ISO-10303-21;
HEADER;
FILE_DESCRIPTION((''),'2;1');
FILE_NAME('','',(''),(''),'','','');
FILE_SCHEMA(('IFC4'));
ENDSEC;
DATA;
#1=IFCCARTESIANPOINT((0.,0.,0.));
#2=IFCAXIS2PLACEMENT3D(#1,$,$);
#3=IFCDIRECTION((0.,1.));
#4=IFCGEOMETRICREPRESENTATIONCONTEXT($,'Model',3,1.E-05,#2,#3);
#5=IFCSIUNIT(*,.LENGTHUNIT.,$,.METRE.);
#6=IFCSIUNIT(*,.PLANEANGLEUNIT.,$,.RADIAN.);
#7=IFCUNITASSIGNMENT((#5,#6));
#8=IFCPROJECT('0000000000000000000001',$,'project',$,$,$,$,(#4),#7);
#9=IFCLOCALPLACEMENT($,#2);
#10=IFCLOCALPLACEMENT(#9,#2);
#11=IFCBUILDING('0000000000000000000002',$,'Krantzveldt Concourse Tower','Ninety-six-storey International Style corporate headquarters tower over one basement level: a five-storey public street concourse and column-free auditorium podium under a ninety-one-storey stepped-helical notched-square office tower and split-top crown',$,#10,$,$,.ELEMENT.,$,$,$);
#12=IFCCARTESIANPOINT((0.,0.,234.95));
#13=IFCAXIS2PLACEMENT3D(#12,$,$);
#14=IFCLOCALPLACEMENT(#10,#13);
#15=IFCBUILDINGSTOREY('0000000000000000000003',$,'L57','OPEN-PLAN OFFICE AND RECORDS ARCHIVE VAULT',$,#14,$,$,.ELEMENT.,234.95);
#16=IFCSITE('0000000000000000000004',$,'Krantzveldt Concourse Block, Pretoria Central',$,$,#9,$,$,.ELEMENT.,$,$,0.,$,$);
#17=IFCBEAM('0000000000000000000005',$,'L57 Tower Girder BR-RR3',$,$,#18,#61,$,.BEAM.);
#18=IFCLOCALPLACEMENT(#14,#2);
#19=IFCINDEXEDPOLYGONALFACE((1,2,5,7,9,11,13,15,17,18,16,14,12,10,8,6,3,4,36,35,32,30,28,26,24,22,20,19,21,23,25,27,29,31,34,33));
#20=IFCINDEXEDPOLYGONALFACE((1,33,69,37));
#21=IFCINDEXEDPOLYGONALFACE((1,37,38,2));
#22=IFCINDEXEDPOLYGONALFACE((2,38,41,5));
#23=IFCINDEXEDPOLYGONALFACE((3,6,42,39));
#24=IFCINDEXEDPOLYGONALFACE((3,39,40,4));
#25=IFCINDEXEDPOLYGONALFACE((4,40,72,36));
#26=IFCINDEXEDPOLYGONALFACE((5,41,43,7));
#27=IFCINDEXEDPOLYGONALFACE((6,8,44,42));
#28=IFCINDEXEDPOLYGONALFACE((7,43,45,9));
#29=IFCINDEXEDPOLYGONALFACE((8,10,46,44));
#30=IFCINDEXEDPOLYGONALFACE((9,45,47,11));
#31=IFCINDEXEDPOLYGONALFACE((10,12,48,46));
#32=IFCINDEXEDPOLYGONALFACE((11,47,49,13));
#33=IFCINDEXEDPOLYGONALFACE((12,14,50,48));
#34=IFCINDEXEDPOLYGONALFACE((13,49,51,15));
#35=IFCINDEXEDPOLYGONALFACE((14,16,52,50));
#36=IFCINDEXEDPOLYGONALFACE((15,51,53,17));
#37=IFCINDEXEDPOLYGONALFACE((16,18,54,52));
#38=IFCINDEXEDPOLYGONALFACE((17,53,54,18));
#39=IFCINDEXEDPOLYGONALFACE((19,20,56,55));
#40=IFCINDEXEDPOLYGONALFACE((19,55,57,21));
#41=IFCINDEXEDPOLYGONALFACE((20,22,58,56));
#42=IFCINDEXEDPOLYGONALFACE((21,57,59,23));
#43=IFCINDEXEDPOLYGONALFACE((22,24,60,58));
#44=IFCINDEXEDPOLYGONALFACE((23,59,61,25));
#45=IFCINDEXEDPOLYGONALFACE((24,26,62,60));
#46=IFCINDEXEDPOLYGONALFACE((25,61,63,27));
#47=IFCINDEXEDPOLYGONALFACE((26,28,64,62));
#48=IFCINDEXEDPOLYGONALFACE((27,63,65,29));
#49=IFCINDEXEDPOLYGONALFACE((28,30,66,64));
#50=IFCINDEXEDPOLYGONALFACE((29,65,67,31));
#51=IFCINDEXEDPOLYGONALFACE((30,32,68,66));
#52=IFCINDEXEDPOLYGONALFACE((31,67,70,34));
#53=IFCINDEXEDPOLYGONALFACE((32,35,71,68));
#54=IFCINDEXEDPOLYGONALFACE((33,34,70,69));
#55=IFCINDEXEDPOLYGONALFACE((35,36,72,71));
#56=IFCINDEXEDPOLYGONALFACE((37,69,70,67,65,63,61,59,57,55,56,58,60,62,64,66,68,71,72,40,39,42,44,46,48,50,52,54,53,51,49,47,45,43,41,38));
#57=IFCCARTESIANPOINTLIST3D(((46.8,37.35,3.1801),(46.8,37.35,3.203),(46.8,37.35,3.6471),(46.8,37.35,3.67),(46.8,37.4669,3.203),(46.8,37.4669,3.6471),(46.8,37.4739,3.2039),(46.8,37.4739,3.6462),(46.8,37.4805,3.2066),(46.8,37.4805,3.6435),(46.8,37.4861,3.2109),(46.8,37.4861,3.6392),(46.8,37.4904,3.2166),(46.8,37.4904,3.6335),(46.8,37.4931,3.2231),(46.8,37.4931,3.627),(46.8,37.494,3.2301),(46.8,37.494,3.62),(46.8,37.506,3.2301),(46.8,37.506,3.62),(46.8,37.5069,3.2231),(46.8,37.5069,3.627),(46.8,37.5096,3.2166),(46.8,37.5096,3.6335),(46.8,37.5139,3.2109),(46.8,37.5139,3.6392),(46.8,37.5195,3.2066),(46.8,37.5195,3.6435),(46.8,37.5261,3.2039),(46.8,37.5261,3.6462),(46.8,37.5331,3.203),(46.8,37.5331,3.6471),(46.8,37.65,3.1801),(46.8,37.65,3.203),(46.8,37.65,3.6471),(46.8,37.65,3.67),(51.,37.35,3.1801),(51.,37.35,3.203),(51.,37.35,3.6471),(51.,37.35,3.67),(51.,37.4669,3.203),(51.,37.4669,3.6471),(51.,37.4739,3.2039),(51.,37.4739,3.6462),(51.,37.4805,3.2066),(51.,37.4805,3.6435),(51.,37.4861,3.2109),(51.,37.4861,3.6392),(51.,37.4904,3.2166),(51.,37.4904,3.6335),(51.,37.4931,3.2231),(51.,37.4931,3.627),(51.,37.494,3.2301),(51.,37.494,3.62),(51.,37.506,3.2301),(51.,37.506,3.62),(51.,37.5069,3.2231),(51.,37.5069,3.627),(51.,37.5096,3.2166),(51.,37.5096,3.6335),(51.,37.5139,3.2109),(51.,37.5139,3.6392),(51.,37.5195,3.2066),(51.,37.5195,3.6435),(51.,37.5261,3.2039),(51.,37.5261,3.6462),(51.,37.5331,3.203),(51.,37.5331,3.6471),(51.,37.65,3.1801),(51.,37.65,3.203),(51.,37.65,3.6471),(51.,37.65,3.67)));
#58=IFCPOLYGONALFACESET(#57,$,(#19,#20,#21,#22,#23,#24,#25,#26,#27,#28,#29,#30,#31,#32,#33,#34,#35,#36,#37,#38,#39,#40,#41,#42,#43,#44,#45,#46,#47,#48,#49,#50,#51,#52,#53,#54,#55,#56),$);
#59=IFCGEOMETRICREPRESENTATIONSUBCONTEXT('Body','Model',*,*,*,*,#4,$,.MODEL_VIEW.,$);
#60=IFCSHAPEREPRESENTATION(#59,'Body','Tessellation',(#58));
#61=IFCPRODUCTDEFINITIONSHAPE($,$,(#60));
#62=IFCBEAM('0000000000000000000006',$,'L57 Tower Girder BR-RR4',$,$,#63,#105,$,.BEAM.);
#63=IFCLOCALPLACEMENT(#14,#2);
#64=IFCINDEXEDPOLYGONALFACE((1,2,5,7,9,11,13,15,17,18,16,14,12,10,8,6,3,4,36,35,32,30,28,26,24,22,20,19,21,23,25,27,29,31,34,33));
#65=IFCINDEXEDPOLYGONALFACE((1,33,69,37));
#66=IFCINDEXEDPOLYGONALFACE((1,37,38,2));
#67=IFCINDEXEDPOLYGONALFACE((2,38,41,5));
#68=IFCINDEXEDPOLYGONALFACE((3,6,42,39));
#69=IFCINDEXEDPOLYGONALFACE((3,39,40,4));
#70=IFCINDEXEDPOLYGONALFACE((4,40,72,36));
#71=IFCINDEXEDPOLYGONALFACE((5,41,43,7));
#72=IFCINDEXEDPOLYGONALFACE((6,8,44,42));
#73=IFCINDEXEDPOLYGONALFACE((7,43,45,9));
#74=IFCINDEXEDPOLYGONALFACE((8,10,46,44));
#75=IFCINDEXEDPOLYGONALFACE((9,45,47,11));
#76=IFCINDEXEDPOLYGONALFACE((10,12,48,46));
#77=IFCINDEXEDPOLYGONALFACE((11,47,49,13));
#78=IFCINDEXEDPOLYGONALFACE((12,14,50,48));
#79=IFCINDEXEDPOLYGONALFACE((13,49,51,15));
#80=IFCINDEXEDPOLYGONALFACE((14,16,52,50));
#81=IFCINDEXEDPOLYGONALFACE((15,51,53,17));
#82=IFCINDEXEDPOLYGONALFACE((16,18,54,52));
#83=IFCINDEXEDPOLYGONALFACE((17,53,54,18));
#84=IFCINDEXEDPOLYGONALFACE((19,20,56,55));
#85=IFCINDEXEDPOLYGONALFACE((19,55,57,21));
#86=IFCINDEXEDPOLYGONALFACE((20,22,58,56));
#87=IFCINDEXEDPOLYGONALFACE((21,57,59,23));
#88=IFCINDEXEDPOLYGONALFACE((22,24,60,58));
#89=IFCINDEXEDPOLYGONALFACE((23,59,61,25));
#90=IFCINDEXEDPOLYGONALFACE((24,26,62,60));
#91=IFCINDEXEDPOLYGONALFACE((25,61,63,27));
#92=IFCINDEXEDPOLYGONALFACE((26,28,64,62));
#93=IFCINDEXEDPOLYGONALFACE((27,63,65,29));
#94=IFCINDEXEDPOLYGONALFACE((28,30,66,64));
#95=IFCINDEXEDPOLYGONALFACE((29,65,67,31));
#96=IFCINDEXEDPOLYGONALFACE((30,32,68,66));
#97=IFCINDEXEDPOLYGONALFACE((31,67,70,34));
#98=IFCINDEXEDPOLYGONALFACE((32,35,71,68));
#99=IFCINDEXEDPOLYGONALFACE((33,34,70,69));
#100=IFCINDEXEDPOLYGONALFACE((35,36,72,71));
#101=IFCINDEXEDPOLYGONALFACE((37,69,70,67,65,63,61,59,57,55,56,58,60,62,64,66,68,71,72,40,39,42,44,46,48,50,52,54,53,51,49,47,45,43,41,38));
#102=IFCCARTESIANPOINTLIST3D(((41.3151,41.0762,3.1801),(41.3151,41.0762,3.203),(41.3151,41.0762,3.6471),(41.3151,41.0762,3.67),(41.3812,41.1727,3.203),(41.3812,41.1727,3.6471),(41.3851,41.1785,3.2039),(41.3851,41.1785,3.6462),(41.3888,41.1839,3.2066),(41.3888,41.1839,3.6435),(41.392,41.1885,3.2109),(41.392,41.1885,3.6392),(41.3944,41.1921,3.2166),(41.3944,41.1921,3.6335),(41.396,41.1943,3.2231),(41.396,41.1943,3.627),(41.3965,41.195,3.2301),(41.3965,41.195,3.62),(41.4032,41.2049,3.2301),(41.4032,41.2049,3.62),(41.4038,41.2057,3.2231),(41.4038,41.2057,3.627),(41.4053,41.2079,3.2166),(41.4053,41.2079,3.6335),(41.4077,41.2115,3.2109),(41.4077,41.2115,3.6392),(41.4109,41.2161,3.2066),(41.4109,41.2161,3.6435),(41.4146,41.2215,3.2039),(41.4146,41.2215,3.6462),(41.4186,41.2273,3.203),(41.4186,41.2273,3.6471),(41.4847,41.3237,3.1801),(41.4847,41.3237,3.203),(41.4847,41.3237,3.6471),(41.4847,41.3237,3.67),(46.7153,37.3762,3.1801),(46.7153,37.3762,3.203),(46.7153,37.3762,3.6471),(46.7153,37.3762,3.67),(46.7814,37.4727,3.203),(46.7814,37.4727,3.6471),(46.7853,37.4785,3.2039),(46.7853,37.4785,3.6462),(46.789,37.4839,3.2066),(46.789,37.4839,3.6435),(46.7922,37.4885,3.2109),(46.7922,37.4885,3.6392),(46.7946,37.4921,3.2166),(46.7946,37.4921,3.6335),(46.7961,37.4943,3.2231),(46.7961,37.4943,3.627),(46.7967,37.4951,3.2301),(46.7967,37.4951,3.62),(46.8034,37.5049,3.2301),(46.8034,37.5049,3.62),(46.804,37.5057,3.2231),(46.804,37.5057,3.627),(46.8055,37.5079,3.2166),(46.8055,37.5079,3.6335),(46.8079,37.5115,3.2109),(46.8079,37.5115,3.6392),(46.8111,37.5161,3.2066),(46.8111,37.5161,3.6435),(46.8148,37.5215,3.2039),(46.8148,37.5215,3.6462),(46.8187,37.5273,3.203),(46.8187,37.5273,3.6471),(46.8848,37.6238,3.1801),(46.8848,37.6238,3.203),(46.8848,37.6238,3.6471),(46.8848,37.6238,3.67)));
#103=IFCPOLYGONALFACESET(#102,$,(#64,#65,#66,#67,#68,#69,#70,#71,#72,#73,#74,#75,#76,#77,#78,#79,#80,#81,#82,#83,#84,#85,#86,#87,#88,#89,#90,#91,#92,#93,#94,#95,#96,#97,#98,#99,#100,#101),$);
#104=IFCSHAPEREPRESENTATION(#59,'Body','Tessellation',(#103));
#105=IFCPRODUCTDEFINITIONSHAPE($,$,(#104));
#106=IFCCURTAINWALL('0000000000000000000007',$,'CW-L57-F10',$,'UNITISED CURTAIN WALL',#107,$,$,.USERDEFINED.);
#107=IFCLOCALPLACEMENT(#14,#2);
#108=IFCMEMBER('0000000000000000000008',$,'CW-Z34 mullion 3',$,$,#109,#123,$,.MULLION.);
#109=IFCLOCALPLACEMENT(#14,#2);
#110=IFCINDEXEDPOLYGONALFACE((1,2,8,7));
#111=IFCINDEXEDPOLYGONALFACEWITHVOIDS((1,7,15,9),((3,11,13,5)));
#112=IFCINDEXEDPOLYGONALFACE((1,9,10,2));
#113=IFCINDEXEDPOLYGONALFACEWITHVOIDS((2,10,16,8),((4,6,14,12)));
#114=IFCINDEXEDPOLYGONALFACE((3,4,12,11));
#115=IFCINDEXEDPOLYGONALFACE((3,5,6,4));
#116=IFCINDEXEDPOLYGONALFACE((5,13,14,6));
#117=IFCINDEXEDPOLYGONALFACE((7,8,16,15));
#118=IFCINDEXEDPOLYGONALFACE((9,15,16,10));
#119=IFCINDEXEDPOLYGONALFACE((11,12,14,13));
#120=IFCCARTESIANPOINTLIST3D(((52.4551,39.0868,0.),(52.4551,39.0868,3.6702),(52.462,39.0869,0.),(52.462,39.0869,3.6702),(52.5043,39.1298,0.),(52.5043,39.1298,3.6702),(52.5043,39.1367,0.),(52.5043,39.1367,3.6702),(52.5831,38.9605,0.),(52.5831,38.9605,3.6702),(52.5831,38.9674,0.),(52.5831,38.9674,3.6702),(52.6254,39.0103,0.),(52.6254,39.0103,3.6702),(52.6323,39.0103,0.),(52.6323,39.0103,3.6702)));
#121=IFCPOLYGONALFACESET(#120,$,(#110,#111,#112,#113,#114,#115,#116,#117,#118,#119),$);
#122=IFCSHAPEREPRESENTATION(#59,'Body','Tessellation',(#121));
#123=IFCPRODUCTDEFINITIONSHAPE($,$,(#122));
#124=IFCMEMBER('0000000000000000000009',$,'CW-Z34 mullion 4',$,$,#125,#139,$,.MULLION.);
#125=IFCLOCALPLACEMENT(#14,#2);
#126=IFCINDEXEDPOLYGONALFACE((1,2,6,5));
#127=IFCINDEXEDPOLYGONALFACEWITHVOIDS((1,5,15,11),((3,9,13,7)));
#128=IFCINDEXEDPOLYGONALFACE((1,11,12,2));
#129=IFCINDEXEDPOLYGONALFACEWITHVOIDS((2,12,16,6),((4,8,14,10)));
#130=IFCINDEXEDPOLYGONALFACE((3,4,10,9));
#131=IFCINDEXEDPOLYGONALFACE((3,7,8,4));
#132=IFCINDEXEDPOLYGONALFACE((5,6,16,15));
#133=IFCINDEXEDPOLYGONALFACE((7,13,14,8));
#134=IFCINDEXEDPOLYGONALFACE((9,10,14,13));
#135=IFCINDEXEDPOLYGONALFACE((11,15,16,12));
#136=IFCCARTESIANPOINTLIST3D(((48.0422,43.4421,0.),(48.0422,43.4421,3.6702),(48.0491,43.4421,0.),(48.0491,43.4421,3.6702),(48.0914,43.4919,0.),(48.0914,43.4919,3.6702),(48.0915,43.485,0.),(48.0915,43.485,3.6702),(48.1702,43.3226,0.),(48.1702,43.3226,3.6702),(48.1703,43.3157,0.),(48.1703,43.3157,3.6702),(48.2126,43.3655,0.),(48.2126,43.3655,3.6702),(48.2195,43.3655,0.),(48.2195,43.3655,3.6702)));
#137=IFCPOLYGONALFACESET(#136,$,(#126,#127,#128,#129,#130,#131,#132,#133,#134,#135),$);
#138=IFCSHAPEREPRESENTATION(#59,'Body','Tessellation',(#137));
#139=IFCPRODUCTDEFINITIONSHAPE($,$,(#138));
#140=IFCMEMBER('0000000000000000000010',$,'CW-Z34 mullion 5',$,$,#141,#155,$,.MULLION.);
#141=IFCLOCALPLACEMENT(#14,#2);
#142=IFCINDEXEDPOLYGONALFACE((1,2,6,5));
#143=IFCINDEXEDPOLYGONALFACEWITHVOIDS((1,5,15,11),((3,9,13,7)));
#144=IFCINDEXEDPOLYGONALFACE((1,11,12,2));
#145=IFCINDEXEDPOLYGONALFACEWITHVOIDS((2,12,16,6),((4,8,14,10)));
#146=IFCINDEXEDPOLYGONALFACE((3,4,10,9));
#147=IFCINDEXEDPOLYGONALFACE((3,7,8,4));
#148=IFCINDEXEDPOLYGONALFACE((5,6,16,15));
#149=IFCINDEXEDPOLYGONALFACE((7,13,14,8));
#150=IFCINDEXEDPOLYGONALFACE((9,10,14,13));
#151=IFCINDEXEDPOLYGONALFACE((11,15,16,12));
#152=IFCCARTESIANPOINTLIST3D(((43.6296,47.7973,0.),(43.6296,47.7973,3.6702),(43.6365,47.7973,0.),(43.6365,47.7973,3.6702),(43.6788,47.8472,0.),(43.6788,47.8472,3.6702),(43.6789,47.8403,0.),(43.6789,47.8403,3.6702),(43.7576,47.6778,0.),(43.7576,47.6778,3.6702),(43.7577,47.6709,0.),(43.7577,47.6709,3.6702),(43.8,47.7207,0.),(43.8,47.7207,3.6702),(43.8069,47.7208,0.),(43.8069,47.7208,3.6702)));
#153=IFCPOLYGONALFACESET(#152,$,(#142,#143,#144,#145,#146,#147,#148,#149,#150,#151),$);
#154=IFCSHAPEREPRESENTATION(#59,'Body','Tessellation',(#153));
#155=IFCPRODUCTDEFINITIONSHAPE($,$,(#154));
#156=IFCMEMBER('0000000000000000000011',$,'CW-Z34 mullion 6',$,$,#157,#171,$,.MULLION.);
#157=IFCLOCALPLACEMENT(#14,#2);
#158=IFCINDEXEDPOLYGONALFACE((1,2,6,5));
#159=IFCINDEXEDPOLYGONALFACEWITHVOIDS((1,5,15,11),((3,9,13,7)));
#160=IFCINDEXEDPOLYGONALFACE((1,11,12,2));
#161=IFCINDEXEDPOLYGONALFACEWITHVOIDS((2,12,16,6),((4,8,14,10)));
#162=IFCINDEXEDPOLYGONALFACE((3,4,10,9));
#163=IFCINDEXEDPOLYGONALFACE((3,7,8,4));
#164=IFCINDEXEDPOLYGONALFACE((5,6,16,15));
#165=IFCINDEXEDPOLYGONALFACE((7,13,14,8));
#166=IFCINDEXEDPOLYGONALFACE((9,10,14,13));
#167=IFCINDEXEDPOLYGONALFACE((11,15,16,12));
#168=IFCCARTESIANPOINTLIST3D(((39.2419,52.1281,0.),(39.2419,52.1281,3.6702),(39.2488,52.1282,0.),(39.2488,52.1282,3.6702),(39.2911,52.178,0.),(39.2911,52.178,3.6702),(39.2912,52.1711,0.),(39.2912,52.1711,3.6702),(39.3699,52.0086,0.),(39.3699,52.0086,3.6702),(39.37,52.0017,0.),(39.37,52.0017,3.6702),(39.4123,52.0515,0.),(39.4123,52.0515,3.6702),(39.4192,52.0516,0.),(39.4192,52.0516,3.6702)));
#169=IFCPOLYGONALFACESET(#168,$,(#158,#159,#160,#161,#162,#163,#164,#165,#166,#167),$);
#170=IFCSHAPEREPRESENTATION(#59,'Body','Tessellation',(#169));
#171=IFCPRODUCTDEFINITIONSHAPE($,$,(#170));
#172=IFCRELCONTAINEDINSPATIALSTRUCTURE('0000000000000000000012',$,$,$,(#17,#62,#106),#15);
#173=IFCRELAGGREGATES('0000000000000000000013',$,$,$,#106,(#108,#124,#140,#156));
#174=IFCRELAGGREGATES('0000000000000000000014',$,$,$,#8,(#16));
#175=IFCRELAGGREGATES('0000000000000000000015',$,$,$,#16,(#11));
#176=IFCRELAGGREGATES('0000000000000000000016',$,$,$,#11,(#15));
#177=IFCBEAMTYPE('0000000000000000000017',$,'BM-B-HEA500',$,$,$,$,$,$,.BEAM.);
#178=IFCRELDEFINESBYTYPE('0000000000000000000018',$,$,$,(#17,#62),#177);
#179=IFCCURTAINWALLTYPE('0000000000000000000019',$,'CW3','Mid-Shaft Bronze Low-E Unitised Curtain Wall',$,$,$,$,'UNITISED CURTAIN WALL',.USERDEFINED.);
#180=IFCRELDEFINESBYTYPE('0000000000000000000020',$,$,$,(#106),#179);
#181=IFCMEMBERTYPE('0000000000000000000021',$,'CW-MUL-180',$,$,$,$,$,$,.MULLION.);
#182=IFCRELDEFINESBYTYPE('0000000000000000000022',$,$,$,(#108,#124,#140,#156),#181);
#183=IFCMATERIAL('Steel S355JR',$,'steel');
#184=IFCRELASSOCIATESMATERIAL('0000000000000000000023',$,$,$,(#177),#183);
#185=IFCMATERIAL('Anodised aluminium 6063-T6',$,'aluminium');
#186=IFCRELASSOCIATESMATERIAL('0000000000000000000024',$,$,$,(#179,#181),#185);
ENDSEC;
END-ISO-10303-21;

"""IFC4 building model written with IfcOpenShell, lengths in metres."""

from ifc_helpers import new_model, si_unit, direction, frame, origin, origin_2d, place, context, subcontext, project, spatial, hollow_rectangle, i_section, extrude, source, transform, mapped, material, material_profile, profile_set, type_object, type_shapes, element, aggregate, save


model = new_model("IFC4")

# Units and contexts
model_context = context("Model", 3, precision=1e-05, world=origin(), true_north=direction((0.0, 1.0)))
body_context = subcontext(model_context, "Body", "Model", "MODEL_VIEW")
ifc_project = project(units=[si_unit("LENGTHUNIT", "METRE"), si_unit("PLANEANGLEUNIT", "RADIAN")], contexts=[model_context])

# Site, building, storey
site_placement = place(None, origin())
site = spatial("IfcSite", under=ifc_project, at=site_placement, Name="Krantzveldt Concourse Block, Pretoria Central", CompositionType="ELEMENT", RefElevation=0.0)
building_placement = place(site_placement, origin())
building = spatial("IfcBuilding", under=site, at=building_placement, Name="Krantzveldt Concourse Tower", Description="Ninety-six-storey International Style corporate headquarters tower over one basement level: a five-storey public street concourse and column-free auditorium podium under a ninety-one-storey stepped-helical notched-square office tower and split-top crown", CompositionType="ELEMENT")
storey_placement = place(building_placement, frame((0.0, 0.0, 234.95)))
storey = spatial("IfcBuildingStorey", under=building, at=storey_placement, Name="L57", Description="OPEN-PLAN OFFICE AND RECORDS ARCHIVE VAULT", CompositionType="ELEMENT", Elevation=234.95)

# Beams
ifc_material_1 = material(Name="Steel S355JR", Category="steel")
ifc_material_profile_1 = material_profile(ifc_material_1, i_section(OverallWidth=0.3, OverallDepth=0.49, WebThickness=0.012, FlangeThickness=0.0229, FilletRadius=0.0271, at=origin_2d()), Name="Steel S355JR", Category="steel")
ifc_profile_set_1 = profile_set([ifc_material_profile_1], Name="Steel S355JR - HEA 500")
beam_type_1 = type_object("IfcBeamType", Name="BM-B-HEA500", PredefinedType="BEAM", material=ifc_profile_set_1)
shared_shape_1 = source(origin(), body_context, "Body", "SweptSolid", [
    extrude(i_section(OverallWidth=0.3, OverallDepth=0.49, WebThickness=0.012, FlangeThickness=0.0229, FilletRadius=0.0271, at=origin_2d()), origin(), (0.0, 0.0, 1.0), 4.2),
])
beam_1_placement = place(storey_placement, frame((46.8, 37.5, 3.425), z_axis=(1.0, 0.0, 0.0), x_axis=(0.0, 1.0, 0.0)))
element("IfcBeam", 1, at=beam_1_placement, inside=storey, type_object=beam_type_1, Name="L57 Tower Girder BR-RR3", PredefinedType="BEAM", context=body_context, shape_type="MappedRepresentation", body=[
    mapped(shared_shape_1, transform((0.0, 0.0, 0.0), x_axis=(1.0, 0.0, 0.0), y_axis=(0.0, 1.0, 0.0), z_axis=(0.0, 0.0, 1.0), scale=1.0)),
])
shared_shape_2 = source(origin(), body_context, "Body", "SweptSolid", [
    extrude(i_section(OverallWidth=0.3, OverallDepth=0.49, WebThickness=0.012, FlangeThickness=0.0229, FilletRadius=0.0271, at=origin_2d()), origin(), (0.0, 0.0, 1.0), 6.5461),
])
type_shapes(beam_type_1, [shared_shape_1, shared_shape_2])
beam_2_placement = place(storey_placement, frame((46.8, 37.5, 3.425), z_axis=(-0.824943, 0.565216, 0.0), x_axis=(-0.565216, -0.824943, 0.0)))
element("IfcBeam", 2, at=beam_2_placement, inside=storey, type_object=beam_type_1, Name="L57 Tower Girder BR-RR4", PredefinedType="BEAM", context=body_context, shape_type="MappedRepresentation", body=[
    mapped(shared_shape_2, transform((0.0, 0.0, 0.0), x_axis=(1.0, 0.0, 0.0), y_axis=(0.0, 1.0, 0.0), z_axis=(0.0, 0.0, 1.0), scale=1.0)),
])

# Curtain wall, members
ifc_material_2 = material(Name="Anodised aluminium 6063-T6", Category="aluminium")
curtain_wall_type = type_object("IfcCurtainWallType", Name="CW3", Description="Mid-Shaft Bronze Low-E Unitised Curtain Wall", ElementType="UNITISED CURTAIN WALL", PredefinedType="USERDEFINED", material=ifc_material_2)
curtain_wall_placement = place(storey_placement, origin())
curtain_wall = element("IfcCurtainWall", 3, at=curtain_wall_placement, inside=storey, type_object=curtain_wall_type, Name="CW-L57-F10", ObjectType="UNITISED CURTAIN WALL", PredefinedType="USERDEFINED")
ifc_material_profile_2 = material_profile(ifc_material_2, hollow_rectangle(XDim=0.0701, YDim=0.1799, WallThickness=0.0049, at=origin_2d()), Name="Anodised aluminium 6063-T6", Category="aluminium")
ifc_profile_set_2 = profile_set([ifc_material_profile_2], Name="Anodised aluminium 6063-T6 - ALU-MULL 180x70x5")
member_type_1 = type_object("IfcMemberType", Name="CW-MUL-180", PredefinedType="MULLION", material=ifc_profile_set_2)
shared_shape_3 = source(origin(), body_context, "Body", "SweptSolid", [
    extrude(hollow_rectangle(XDim=0.0701, YDim=0.1799, WallThickness=0.0049, at=origin_2d()), origin(), (0.0, 0.0, 1.0), 3.6702),
])
type_shapes(member_type_1, [shared_shape_3])
member_1_placement = place(storey_placement, frame((52.5437, 39.0486, 0.0), z_axis=(0.0, 0.0, 1.0), x_axis=(-0.702464, -0.71172, 0.0)))
member_1 = element("IfcMember", 4, at=member_1_placement, type_object=member_type_1, Name="CW-Z34 mullion 3", PredefinedType="MULLION", context=body_context, shape_type="MappedRepresentation", body=[
    mapped(shared_shape_3, transform((0.0, 0.0, 0.0), x_axis=(1.0, 0.0, 0.0), y_axis=(0.0, 1.0, 0.0), z_axis=(0.0, 0.0, 1.0), scale=1.0)),
])
member_2_placement = place(storey_placement, frame((48.1309, 43.4038, 0.0), z_axis=(0.0, 0.0, 1.0), x_axis=(-0.702464, -0.71172, 0.0)))
member_2 = element("IfcMember", 5, at=member_2_placement, type_object=member_type_1, Name="CW-Z34 mullion 4", PredefinedType="MULLION", context=body_context, shape_type="MappedRepresentation", body=[
    mapped(shared_shape_3, transform((0.0, 0.0, 0.0), x_axis=(1.0, 0.0, 0.0), y_axis=(0.0, 1.0, 0.0), z_axis=(0.0, 0.0, 1.0), scale=1.0)),
])
member_3_placement = place(storey_placement, frame((43.7183, 47.759, 0.0), z_axis=(0.0, 0.0, 1.0), x_axis=(-0.702464, -0.71172, 0.0)))
member_3 = element("IfcMember", 6, at=member_3_placement, type_object=member_type_1, Name="CW-Z34 mullion 5", PredefinedType="MULLION", context=body_context, shape_type="MappedRepresentation", body=[
    mapped(shared_shape_3, transform((0.0, 0.0, 0.0), x_axis=(1.0, 0.0, 0.0), y_axis=(0.0, 1.0, 0.0), z_axis=(0.0, 0.0, 1.0), scale=1.0)),
])
member_4_placement = place(storey_placement, frame((39.3306, 52.0898, 0.0), z_axis=(0.0, 0.0, 1.0), x_axis=(-0.702464, -0.71172, 0.0)))
member_4 = element("IfcMember", 7, at=member_4_placement, type_object=member_type_1, Name="CW-Z34 mullion 6", PredefinedType="MULLION", context=body_context, shape_type="MappedRepresentation", body=[
    mapped(shared_shape_3, transform((0.0, 0.0, 0.0), x_axis=(1.0, 0.0, 0.0), y_axis=(0.0, 1.0, 0.0), z_axis=(0.0, 0.0, 1.0), scale=1.0)),
])
aggregate(curtain_wall, [member_1, member_2, member_3, member_4])

save(model, "model.ifc")
